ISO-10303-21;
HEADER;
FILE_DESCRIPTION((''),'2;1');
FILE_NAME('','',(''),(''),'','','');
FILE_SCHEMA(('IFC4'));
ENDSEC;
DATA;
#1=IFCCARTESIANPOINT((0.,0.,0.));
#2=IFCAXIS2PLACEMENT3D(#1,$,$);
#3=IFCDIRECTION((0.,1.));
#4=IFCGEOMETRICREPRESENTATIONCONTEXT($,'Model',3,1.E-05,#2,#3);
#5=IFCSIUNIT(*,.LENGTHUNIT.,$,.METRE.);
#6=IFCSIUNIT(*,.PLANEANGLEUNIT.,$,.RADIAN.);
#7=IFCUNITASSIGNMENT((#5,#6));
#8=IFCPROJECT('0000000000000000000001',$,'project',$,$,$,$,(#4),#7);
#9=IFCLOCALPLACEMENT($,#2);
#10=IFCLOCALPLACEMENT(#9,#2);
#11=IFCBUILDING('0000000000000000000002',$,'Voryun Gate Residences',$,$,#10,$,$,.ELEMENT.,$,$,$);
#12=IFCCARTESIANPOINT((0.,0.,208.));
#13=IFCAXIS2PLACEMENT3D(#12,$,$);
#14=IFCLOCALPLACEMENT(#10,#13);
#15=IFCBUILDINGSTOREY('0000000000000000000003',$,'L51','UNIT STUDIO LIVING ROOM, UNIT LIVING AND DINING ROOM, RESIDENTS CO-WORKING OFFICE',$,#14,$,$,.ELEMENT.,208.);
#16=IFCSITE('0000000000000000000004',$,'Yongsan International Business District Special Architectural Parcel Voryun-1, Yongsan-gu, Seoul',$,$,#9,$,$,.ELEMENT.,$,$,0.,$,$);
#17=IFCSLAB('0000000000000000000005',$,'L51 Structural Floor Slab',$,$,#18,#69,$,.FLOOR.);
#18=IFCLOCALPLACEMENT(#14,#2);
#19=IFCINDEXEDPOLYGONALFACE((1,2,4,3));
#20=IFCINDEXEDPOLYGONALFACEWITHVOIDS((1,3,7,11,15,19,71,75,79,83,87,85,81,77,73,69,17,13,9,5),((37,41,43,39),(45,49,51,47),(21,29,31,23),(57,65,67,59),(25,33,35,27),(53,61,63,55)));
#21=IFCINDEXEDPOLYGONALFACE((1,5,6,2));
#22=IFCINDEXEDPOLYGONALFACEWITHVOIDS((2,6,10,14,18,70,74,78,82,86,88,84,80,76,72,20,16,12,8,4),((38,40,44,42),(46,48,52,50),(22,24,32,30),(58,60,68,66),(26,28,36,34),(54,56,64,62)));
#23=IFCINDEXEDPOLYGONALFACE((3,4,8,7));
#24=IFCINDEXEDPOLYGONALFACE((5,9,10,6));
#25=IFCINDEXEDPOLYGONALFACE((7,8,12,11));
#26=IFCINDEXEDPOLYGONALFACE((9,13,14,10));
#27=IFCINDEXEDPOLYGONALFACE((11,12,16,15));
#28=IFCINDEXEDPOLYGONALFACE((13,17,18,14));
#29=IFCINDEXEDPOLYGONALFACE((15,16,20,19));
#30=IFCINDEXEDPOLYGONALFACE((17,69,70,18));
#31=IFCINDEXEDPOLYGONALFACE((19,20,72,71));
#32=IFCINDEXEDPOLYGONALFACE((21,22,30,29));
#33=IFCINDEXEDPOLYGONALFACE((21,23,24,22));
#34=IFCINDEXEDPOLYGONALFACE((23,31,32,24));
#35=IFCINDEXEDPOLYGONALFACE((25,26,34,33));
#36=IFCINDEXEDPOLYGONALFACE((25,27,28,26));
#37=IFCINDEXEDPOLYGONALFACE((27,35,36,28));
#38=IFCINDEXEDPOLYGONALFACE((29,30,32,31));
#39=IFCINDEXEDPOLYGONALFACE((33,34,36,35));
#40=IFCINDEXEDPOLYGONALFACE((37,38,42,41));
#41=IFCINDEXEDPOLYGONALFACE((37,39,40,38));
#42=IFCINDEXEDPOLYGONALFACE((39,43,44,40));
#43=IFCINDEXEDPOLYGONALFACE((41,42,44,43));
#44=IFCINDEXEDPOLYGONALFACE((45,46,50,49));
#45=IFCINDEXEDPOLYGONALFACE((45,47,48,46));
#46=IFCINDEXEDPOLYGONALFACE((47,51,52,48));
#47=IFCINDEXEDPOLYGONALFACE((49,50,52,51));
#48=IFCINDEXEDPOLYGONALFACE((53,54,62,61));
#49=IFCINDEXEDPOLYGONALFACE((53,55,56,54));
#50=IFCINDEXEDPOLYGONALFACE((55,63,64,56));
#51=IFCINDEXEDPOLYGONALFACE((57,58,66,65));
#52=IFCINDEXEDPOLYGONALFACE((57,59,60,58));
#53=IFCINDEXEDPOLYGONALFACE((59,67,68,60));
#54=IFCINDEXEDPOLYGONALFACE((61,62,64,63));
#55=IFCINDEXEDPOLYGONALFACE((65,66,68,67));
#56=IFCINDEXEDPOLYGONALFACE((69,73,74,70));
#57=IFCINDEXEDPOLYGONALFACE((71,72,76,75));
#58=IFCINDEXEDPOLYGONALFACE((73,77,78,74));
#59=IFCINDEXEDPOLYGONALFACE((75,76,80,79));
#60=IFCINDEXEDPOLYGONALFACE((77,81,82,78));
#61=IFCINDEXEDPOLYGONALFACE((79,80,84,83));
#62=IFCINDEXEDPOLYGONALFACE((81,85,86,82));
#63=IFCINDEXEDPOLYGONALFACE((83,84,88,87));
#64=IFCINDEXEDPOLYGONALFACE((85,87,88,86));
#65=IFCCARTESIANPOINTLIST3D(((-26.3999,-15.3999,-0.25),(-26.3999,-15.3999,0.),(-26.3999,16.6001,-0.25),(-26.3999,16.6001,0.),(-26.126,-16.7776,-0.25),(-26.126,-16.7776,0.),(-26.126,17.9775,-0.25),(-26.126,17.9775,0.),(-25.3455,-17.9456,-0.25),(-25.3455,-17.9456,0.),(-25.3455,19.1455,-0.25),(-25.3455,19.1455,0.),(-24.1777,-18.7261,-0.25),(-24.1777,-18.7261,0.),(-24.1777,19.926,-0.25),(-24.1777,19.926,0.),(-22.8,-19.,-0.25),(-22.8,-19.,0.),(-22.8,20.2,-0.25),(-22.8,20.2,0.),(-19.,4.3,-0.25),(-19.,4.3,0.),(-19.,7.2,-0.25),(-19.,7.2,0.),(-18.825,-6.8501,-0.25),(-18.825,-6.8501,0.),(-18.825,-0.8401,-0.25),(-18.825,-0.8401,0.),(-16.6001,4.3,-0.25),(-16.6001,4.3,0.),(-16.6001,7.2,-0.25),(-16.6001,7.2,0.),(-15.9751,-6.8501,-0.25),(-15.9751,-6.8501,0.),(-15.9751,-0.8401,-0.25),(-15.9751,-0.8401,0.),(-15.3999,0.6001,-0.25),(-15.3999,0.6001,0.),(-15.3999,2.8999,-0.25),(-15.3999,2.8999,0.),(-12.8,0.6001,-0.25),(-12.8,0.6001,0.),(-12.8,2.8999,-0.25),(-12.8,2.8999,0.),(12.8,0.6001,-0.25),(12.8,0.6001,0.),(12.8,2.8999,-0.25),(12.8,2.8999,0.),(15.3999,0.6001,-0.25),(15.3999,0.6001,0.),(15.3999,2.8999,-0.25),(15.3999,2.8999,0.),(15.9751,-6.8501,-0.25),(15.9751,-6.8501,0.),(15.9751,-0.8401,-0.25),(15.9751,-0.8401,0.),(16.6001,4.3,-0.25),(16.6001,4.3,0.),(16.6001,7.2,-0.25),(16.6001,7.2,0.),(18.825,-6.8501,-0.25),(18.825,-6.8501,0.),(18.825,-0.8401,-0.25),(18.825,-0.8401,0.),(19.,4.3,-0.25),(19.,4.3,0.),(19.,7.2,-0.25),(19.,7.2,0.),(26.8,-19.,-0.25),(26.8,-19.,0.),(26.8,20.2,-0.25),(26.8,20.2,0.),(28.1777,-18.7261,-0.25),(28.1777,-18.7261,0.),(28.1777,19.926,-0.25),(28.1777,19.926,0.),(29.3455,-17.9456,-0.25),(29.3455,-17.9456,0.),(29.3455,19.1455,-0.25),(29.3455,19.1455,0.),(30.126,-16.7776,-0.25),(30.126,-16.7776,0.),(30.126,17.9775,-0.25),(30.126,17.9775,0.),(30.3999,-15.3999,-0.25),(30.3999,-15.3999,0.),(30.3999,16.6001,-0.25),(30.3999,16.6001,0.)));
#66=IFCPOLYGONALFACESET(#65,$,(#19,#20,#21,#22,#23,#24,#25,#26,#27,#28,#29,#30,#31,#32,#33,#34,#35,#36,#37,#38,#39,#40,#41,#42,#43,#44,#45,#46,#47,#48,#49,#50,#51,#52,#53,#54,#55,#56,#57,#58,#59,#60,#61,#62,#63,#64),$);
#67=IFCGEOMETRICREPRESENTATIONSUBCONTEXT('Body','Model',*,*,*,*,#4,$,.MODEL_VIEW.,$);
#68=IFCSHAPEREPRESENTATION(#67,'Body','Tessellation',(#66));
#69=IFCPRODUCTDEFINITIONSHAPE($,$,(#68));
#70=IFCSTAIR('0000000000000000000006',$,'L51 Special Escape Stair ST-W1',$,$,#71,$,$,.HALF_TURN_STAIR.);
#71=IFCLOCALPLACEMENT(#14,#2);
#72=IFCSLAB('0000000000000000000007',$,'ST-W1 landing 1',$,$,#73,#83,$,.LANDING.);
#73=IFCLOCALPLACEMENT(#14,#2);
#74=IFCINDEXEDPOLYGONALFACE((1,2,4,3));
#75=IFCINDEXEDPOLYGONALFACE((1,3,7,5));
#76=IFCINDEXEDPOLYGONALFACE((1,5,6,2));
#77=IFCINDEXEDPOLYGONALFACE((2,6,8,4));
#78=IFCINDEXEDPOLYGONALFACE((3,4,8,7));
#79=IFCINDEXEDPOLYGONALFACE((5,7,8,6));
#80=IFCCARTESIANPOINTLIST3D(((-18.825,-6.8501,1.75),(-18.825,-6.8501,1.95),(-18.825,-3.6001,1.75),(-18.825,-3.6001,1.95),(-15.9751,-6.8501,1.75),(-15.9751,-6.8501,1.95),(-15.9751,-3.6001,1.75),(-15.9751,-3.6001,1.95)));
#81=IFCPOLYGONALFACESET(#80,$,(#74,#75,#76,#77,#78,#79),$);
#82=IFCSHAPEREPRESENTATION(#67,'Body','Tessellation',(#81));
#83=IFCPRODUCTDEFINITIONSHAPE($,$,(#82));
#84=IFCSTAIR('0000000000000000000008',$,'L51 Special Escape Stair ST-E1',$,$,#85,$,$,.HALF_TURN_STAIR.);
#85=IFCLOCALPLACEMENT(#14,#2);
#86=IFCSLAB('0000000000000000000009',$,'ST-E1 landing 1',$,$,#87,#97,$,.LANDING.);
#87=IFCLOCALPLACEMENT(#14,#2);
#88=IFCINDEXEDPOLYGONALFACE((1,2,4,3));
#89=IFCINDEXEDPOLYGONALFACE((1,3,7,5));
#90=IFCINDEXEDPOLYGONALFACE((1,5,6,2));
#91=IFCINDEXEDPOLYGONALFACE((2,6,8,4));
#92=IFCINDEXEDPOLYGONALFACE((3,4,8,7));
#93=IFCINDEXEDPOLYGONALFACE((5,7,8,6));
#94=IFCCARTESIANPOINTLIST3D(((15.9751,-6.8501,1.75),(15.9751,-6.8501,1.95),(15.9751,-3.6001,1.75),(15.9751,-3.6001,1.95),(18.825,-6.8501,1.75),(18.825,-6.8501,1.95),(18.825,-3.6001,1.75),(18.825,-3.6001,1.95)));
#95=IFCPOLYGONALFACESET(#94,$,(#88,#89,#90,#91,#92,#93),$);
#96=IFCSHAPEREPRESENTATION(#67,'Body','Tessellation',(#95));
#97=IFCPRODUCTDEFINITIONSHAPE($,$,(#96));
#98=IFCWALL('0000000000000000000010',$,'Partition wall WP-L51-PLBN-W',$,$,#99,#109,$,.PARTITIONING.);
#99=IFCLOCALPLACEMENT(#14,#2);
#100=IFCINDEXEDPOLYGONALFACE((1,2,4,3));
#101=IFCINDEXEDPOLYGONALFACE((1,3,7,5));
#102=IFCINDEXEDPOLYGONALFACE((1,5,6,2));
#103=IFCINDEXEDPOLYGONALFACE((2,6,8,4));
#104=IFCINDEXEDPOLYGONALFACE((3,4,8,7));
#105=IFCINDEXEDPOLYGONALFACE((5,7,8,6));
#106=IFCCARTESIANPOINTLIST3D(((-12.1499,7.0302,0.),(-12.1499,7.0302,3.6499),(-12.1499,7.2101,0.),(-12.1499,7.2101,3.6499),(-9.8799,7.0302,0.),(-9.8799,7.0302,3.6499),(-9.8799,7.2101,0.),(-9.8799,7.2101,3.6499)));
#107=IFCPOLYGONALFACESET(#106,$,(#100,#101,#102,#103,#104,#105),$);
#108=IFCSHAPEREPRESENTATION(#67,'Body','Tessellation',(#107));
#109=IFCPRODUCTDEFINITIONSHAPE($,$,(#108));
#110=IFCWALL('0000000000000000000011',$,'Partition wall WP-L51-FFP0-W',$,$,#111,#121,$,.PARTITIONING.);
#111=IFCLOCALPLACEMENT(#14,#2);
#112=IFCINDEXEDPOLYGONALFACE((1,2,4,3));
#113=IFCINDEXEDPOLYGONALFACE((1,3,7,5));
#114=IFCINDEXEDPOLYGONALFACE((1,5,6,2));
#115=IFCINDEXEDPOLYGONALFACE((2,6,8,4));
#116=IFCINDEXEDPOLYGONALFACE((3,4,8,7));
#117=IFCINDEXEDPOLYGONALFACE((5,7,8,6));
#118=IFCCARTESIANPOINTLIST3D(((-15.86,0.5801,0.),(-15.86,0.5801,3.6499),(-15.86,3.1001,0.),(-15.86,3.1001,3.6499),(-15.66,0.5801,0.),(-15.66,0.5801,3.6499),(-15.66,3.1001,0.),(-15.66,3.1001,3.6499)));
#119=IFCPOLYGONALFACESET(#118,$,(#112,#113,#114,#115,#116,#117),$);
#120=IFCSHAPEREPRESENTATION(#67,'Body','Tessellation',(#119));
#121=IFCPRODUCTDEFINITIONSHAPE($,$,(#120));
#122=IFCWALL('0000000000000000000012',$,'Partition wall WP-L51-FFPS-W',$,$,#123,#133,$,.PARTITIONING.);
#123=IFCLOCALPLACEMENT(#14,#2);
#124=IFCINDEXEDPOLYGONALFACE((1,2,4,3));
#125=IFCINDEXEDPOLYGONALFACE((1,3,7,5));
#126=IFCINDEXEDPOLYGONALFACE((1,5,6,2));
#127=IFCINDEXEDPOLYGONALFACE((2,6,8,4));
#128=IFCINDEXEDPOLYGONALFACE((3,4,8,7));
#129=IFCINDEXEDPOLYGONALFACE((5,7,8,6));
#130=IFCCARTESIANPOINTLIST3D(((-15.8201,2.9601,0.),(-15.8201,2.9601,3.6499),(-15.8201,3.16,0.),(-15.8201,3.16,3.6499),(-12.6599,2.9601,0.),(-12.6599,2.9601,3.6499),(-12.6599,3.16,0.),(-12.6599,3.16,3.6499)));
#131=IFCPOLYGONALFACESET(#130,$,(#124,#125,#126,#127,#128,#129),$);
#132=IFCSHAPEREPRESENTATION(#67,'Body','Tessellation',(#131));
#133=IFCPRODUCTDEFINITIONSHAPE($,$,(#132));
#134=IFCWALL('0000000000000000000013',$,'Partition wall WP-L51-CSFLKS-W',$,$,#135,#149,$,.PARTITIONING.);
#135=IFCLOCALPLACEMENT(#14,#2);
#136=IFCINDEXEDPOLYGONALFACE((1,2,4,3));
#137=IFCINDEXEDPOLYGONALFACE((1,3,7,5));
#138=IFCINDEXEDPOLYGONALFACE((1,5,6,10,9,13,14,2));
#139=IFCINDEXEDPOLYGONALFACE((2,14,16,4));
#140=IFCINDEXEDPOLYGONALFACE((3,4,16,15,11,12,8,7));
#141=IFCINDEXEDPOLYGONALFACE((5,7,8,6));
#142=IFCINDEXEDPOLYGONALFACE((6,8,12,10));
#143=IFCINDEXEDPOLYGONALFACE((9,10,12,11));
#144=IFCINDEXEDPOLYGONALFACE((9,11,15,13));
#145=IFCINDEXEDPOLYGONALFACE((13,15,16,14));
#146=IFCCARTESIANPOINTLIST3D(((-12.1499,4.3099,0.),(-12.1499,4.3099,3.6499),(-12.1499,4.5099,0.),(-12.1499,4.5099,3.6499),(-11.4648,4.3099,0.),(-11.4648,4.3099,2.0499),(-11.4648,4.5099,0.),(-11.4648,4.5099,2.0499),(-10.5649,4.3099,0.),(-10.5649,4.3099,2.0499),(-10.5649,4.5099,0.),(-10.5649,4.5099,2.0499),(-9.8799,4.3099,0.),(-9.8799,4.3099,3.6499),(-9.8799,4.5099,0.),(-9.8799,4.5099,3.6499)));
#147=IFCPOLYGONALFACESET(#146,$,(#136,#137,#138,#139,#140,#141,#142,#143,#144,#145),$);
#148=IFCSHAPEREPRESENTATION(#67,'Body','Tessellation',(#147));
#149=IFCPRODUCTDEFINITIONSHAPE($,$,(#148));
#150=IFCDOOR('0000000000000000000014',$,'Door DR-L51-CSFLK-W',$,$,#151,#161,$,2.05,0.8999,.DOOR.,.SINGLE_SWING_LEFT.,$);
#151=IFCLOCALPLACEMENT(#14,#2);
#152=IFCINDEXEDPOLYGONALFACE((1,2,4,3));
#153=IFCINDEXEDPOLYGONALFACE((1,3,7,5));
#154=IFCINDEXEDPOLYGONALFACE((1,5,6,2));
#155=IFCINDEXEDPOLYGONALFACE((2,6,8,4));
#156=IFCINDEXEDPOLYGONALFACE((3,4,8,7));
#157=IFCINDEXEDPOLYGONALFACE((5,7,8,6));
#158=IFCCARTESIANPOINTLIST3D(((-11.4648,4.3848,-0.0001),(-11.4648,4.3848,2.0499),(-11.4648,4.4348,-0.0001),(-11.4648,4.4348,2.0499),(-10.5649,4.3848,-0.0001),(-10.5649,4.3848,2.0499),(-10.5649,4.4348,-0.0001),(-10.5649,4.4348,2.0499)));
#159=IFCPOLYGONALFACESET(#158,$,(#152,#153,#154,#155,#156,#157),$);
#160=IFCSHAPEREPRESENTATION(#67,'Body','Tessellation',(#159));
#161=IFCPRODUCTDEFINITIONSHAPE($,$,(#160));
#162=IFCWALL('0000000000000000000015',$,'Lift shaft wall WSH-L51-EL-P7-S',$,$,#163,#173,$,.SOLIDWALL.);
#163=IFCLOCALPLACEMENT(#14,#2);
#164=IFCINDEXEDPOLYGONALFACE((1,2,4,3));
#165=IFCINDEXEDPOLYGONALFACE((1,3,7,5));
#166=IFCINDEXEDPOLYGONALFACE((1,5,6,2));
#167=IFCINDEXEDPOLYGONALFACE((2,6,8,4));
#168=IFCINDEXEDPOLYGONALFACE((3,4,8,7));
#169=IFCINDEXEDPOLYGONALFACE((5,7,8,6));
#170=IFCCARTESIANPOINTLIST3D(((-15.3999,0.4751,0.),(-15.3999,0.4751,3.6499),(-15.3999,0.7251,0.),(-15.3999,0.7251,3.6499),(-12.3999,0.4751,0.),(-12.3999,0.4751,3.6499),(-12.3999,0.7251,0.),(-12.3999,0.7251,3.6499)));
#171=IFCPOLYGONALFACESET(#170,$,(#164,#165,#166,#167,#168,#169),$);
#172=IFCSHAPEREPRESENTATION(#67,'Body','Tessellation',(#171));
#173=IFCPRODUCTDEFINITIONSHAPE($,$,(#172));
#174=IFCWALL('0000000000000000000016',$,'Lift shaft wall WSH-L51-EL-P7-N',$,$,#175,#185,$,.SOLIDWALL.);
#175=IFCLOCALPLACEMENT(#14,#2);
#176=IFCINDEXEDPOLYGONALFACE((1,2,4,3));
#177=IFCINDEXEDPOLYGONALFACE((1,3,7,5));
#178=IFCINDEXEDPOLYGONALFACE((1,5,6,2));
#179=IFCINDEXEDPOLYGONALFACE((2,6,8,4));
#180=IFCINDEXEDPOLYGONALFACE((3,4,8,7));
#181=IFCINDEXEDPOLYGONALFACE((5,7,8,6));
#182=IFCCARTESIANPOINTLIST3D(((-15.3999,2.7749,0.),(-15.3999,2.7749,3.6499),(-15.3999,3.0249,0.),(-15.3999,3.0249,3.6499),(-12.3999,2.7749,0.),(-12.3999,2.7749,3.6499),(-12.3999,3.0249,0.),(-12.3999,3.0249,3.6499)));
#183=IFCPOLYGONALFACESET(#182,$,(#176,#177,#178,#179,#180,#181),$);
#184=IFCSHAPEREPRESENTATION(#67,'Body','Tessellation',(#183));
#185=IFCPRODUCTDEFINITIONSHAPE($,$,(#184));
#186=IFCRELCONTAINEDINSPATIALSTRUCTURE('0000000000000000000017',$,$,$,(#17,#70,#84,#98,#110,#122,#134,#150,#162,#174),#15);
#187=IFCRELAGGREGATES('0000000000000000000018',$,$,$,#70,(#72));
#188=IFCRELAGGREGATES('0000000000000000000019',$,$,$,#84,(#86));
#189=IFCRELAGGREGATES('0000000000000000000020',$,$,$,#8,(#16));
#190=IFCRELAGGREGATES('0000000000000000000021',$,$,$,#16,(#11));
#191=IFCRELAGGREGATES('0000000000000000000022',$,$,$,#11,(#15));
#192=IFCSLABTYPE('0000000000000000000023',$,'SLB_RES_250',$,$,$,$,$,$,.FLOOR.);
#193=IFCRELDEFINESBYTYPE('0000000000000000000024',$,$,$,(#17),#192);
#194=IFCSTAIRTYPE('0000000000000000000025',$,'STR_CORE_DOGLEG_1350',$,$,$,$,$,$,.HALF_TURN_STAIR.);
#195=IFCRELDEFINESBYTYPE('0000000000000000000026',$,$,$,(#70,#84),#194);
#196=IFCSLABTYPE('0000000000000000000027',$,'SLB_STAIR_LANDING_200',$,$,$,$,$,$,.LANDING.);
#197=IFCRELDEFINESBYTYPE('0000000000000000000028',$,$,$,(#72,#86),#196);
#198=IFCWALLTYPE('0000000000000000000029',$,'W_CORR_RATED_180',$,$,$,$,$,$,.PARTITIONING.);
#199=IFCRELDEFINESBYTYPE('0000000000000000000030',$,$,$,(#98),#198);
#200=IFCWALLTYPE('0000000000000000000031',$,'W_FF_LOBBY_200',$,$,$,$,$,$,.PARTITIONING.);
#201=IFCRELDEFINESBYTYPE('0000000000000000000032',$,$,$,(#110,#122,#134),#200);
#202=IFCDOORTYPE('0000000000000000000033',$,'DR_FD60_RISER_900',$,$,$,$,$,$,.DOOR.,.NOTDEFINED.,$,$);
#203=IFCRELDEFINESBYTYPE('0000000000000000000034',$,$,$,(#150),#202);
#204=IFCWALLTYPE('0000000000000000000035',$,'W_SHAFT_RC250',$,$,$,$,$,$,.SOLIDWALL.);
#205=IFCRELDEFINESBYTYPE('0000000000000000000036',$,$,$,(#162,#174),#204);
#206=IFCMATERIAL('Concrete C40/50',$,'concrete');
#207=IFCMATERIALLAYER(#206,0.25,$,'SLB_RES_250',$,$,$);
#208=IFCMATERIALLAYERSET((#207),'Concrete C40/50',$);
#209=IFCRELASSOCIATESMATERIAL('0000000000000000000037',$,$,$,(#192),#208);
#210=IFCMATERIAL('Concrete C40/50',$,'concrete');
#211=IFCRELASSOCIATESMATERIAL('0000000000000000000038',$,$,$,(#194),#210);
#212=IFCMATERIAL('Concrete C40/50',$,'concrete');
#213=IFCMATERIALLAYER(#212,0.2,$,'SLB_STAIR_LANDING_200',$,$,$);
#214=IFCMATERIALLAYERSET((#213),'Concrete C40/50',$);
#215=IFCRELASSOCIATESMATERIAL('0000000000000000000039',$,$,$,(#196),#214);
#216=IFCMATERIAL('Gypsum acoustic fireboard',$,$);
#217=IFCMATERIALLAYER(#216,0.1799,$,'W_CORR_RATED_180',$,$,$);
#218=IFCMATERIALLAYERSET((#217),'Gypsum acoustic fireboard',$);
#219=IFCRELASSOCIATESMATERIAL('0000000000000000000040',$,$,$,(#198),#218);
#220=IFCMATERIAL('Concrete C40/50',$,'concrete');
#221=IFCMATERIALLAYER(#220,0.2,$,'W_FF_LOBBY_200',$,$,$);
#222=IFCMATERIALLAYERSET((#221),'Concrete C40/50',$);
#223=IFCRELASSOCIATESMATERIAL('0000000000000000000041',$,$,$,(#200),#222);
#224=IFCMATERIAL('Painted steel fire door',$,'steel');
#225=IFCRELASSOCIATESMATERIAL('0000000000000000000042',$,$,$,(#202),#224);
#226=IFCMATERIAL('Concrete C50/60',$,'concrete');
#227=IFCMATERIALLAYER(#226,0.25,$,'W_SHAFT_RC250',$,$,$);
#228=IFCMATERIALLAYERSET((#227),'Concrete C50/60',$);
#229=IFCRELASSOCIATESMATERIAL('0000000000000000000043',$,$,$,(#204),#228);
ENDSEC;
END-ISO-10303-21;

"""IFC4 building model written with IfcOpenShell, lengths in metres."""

from ifc_helpers import new_model, si_unit, direction, frame, frame_2d, origin, place, context, subcontext, project, spatial, polyline, rectangle, outline, extrude, material, layer, layer_set, type_object, element, fill, aggregate, save


model = new_model("IFC4")

# Units and contexts
model_context = context("Model", 3, precision=1e-05, world=origin(), true_north=direction((0.0, 1.0)))
body_context = subcontext(model_context, "Body", "Model", "MODEL_VIEW")
ifc_project = project(units=[si_unit("LENGTHUNIT", "METRE"), si_unit("PLANEANGLEUNIT", "RADIAN")], contexts=[model_context])

# Site, building, storey
site_placement = place(None, origin())
site = spatial("IfcSite", under=ifc_project, at=site_placement, Name="Yongsan International Business District Special Architectural Parcel Voryun-1, Yongsan-gu, Seoul", CompositionType="ELEMENT", RefElevation=0.0)
building_placement = place(site_placement, origin())
building = spatial("IfcBuilding", under=site, at=building_placement, Name="Voryun Gate Residences", CompositionType="ELEMENT")
storey_placement = place(building_placement, frame((0.0, 0.0, 208.0)))
storey = spatial("IfcBuildingStorey", under=building, at=storey_placement, Name="L51", Description="UNIT STUDIO LIVING ROOM, UNIT LIVING AND DINING ROOM, RESIDENTS CO-WORKING OFFICE", CompositionType="ELEMENT", Elevation=208.0)

# Slab
ifc_material_1 = material(Name="Concrete C40/50", Category="concrete")
ifc_layer_1 = layer(ifc_material_1, 0.25, Name="SLB_RES_250")
ifc_layer_set_1 = layer_set([ifc_layer_1], Name="Concrete C40/50")
slab_type_1 = type_object("IfcSlabType", Name="SLB_RES_250", PredefinedType="FLOOR", material=ifc_layer_set_1)
slab_1_placement = place(storey_placement, frame((0.0, 0.0, -0.25)))
element("IfcSlab", 1, at=slab_1_placement, inside=storey, type_object=slab_type_1, Name="L51 Structural Floor Slab", PredefinedType="FLOOR", context=body_context, shape_type="SweptSolid", body=[
    extrude(outline(polyline([(-22.8, -19.0), (-24.1777, -18.7261), (-25.3455, -17.9456), (-26.126, -16.7776), (-26.3999, -15.3999), (-26.3999, 16.6001), (-26.126, 17.9775), (-25.3455, 19.1455), (-24.1777, 19.926), (-22.8, 20.2), (26.8, 20.2), (28.1777, 19.926), (29.3455, 19.1455), (30.126, 17.9775), (30.3999, 16.6001), (30.3999, -15.3999), (30.126, -16.7776), (29.3455, -17.9456), (28.1777, -18.7261), (26.8, -19.0), (-22.8, -19.0)]), holes=[polyline([(-15.9751, -0.8401), (-18.825, -0.8401), (-18.825, -6.8501), (-15.9751, -6.8501), (-15.9751, -0.8401)]), polyline([(18.825, -6.8501), (18.825, -0.8401), (15.9751, -0.8401), (15.9751, -6.8501), (18.825, -6.8501)]), polyline([(-12.8, 2.8999), (-15.3999, 2.8999), (-15.3999, 0.6001), (-12.8, 0.6001), (-12.8, 2.8999)]), polyline([(12.8, 2.8999), (12.8, 0.6001), (15.3999, 0.6001), (15.3999, 2.8999), (12.8, 2.8999)]), polyline([(-16.6001, 7.2), (-19.0, 7.2), (-19.0, 4.3), (-16.6001, 4.3), (-16.6001, 7.2)]), polyline([(19.0, 7.2), (16.6001, 7.2), (16.6001, 4.3), (19.0, 4.3), (19.0, 7.2)])]), origin(), (0.0, 0.0, 1.0), 0.25),
])

# Stairs, slabs
ifc_material_2 = material(Name="Concrete C40/50", Category="concrete")
stair_type = type_object("IfcStairType", Name="STR_CORE_DOGLEG_1350", PredefinedType="HALF_TURN_STAIR", material=ifc_material_2)
stair_1_placement = place(storey_placement, origin())
stair_1 = element("IfcStair", 2, at=stair_1_placement, inside=storey, type_object=stair_type, Name="L51 Special Escape Stair ST-W1", PredefinedType="HALF_TURN_STAIR")
ifc_material_3 = material(Name="Concrete C40/50", Category="concrete")
ifc_layer_2 = layer(ifc_material_3, 0.2, Name="SLB_STAIR_LANDING_200")
ifc_layer_set_2 = layer_set([ifc_layer_2], Name="Concrete C40/50")
slab_type_2 = type_object("IfcSlabType", Name="SLB_STAIR_LANDING_200", PredefinedType="LANDING", material=ifc_layer_set_2)
slab_2_placement = place(storey_placement, frame((0.0, 0.0, 1.75)))
slab_2 = element("IfcSlab", 3, at=slab_2_placement, type_object=slab_type_2, Name="ST-W1 landing 1", PredefinedType="LANDING", context=body_context, shape_type="SweptSolid", body=[
    extrude(outline(polyline([(-18.825, -3.6001), (-18.825, -6.8501), (-15.9751, -6.8501), (-15.9751, -3.6001), (-18.825, -3.6001)])), origin(), (0.0, 0.0, 1.0), 0.2),
])
aggregate(stair_1, [slab_2])
stair_2_placement = place(storey_placement, origin())
stair_2 = element("IfcStair", 4, at=stair_2_placement, inside=storey, type_object=stair_type, Name="L51 Special Escape Stair ST-E1", PredefinedType="HALF_TURN_STAIR")
slab_3_placement = place(storey_placement, frame((0.0, 0.0, 1.75)))
slab_3 = element("IfcSlab", 5, at=slab_3_placement, type_object=slab_type_2, Name="ST-E1 landing 1", PredefinedType="LANDING", context=body_context, shape_type="SweptSolid", body=[
    extrude(outline(polyline([(15.9751, -3.6001), (15.9751, -6.8501), (18.825, -6.8501), (18.825, -3.6001), (15.9751, -3.6001)])), origin(), (0.0, 0.0, 1.0), 0.2),
])
aggregate(stair_2, [slab_3])

# Walls
ifc_material_4 = material(Name="Gypsum acoustic fireboard")
ifc_layer_3 = layer(ifc_material_4, 0.1799, Name="W_CORR_RATED_180")
ifc_layer_set_3 = layer_set([ifc_layer_3], Name="Gypsum acoustic fireboard")
wall_type_1 = type_object("IfcWallType", Name="W_CORR_RATED_180", PredefinedType="PARTITIONING", material=ifc_layer_set_3)
wall_1_placement = place(storey_placement, frame((-12.1499, 7.1201, 0.0), z_axis=(0.0, 0.0, 1.0), x_axis=(1.0, 0.0, 0.0)))
element("IfcWall", 6, at=wall_1_placement, inside=storey, type_object=wall_type_1, Name="Partition wall WP-L51-PLBN-W", PredefinedType="PARTITIONING", context=body_context, shape_type="SweptSolid", body=[
    extrude(rectangle(XDim=2.27, YDim=0.1799, at=frame_2d((1.135, 0.0))), origin(), (0.0, 0.0, 1.0), 3.6499),
])
ifc_material_5 = material(Name="Concrete C40/50", Category="concrete")
ifc_layer_4 = layer(ifc_material_5, 0.2, Name="W_FF_LOBBY_200")
ifc_layer_set_4 = layer_set([ifc_layer_4], Name="Concrete C40/50")
wall_type_2 = type_object("IfcWallType", Name="W_FF_LOBBY_200", PredefinedType="PARTITIONING", material=ifc_layer_set_4)
wall_2_placement = place(storey_placement, frame((-15.76, 0.5801, 0.0), z_axis=(0.0, 0.0, 1.0), x_axis=(0.0, 1.0, 0.0)))
element("IfcWall", 7, at=wall_2_placement, inside=storey, type_object=wall_type_2, Name="Partition wall WP-L51-FFP0-W", PredefinedType="PARTITIONING", context=body_context, shape_type="SweptSolid", body=[
    extrude(rectangle(XDim=2.52, YDim=0.2, at=frame_2d((1.26, 0.0))), origin(), (0.0, 0.0, 1.0), 3.6499),
])
wall_3_placement = place(storey_placement, frame((-15.8201, 3.0601, 0.0), z_axis=(0.0, 0.0, 1.0), x_axis=(1.0, 0.0, 0.0)))
element("IfcWall", 8, at=wall_3_placement, inside=storey, type_object=wall_type_2, Name="Partition wall WP-L51-FFPS-W", PredefinedType="PARTITIONING", context=body_context, shape_type="SweptSolid", body=[
    extrude(rectangle(XDim=3.1602, YDim=0.2, at=frame_2d((1.5801, 0.0))), origin(), (0.0, 0.0, 1.0), 3.6499),
])

# Wall, opening, door
wall_4_placement = place(storey_placement, frame((-12.1499, 4.4099, 0.0), z_axis=(0.0, 0.0, 1.0), x_axis=(1.0, 0.0, 0.0)))
wall_4 = element("IfcWall", 9, at=wall_4_placement, inside=storey, type_object=wall_type_2, Name="Partition wall WP-L51-CSFLKS-W", PredefinedType="PARTITIONING", context=body_context, shape_type="SweptSolid", body=[
    extrude(rectangle(XDim=2.27, YDim=0.2, at=frame_2d((1.135, 0.0))), origin(), (0.0, 0.0, 1.0), 3.6499),
])
opening_placement = place(wall_4_placement, frame((0.6851, 0.0, 0.0)))
opening = element("IfcOpeningElement", 10, at=opening_placement, cuts=wall_4, PredefinedType="OPENING", context=body_context, shape_type="SweptSolid", body=[
    extrude(rectangle(XDim=0.8999, YDim=2.05, at=frame_2d((0.45, 1.0249))), frame((0.0, 0.1101, 0.0), z_axis=(0.0, -1.0, 0.0), x_axis=(1.0, 0.0, 0.0)), (0.0, 0.0, 1.0), 0.22),
])
ifc_material_6 = material(Name="Painted steel fire door", Category="steel")
door_type = type_object("IfcDoorType", Name="DR_FD60_RISER_900", OperationType="NOTDEFINED", PredefinedType="DOOR", material=ifc_material_6)
door_placement = place(opening_placement, origin())
door = element("IfcDoor", 11, at=door_placement, inside=storey, type_object=door_type, Name="Door DR-L51-CSFLK-W", OperationType="SINGLE_SWING_LEFT", OverallHeight=2.05, OverallWidth=0.8999, PredefinedType="DOOR", context=body_context, shape_type="SweptSolid", body=[
    extrude(rectangle(XDim=0.8999, YDim=2.05, at=frame_2d((0.45, 1.0249))), frame((0.0, 0.0249, 0.0), z_axis=(0.0, -1.0, 0.0), x_axis=(1.0, 0.0, 0.0)), (0.0, 0.0, 1.0), 0.05),
])
fill(opening, door)

# Walls
ifc_material_7 = material(Name="Concrete C50/60", Category="concrete")
ifc_layer_5 = layer(ifc_material_7, 0.25, Name="W_SHAFT_RC250")
ifc_layer_set_5 = layer_set([ifc_layer_5], Name="Concrete C50/60")
wall_type_3 = type_object("IfcWallType", Name="W_SHAFT_RC250", PredefinedType="SOLIDWALL", material=ifc_layer_set_5)
for number, where, z_axis, x_axis, name in (
    (12, (-15.3999, 0.6001, 0.0), (0.0, 0.0, 1.0), (1.0, 0.0, 0.0), "Lift shaft wall WSH-L51-EL-P7-S"),
    (13, (-12.3999, 2.8999, 0.0), (0.0, 0.0, 1.0), (-1.0, 0.0, 0.0), "Lift shaft wall WSH-L51-EL-P7-N"),
):
    element("IfcWall", number, at=place(storey_placement, frame(where, z_axis=z_axis, x_axis=x_axis)), inside=storey, type_object=wall_type_3, Name=name, PredefinedType="SOLIDWALL", context=body_context, shape_type="SweptSolid", body=[
        extrude(rectangle(XDim=3.0, YDim=0.25, at=frame_2d((1.5, 0.0))), origin(), (0.0, 0.0, 1.0), 3.6499),
    ])

save(model, "model.ifc")
